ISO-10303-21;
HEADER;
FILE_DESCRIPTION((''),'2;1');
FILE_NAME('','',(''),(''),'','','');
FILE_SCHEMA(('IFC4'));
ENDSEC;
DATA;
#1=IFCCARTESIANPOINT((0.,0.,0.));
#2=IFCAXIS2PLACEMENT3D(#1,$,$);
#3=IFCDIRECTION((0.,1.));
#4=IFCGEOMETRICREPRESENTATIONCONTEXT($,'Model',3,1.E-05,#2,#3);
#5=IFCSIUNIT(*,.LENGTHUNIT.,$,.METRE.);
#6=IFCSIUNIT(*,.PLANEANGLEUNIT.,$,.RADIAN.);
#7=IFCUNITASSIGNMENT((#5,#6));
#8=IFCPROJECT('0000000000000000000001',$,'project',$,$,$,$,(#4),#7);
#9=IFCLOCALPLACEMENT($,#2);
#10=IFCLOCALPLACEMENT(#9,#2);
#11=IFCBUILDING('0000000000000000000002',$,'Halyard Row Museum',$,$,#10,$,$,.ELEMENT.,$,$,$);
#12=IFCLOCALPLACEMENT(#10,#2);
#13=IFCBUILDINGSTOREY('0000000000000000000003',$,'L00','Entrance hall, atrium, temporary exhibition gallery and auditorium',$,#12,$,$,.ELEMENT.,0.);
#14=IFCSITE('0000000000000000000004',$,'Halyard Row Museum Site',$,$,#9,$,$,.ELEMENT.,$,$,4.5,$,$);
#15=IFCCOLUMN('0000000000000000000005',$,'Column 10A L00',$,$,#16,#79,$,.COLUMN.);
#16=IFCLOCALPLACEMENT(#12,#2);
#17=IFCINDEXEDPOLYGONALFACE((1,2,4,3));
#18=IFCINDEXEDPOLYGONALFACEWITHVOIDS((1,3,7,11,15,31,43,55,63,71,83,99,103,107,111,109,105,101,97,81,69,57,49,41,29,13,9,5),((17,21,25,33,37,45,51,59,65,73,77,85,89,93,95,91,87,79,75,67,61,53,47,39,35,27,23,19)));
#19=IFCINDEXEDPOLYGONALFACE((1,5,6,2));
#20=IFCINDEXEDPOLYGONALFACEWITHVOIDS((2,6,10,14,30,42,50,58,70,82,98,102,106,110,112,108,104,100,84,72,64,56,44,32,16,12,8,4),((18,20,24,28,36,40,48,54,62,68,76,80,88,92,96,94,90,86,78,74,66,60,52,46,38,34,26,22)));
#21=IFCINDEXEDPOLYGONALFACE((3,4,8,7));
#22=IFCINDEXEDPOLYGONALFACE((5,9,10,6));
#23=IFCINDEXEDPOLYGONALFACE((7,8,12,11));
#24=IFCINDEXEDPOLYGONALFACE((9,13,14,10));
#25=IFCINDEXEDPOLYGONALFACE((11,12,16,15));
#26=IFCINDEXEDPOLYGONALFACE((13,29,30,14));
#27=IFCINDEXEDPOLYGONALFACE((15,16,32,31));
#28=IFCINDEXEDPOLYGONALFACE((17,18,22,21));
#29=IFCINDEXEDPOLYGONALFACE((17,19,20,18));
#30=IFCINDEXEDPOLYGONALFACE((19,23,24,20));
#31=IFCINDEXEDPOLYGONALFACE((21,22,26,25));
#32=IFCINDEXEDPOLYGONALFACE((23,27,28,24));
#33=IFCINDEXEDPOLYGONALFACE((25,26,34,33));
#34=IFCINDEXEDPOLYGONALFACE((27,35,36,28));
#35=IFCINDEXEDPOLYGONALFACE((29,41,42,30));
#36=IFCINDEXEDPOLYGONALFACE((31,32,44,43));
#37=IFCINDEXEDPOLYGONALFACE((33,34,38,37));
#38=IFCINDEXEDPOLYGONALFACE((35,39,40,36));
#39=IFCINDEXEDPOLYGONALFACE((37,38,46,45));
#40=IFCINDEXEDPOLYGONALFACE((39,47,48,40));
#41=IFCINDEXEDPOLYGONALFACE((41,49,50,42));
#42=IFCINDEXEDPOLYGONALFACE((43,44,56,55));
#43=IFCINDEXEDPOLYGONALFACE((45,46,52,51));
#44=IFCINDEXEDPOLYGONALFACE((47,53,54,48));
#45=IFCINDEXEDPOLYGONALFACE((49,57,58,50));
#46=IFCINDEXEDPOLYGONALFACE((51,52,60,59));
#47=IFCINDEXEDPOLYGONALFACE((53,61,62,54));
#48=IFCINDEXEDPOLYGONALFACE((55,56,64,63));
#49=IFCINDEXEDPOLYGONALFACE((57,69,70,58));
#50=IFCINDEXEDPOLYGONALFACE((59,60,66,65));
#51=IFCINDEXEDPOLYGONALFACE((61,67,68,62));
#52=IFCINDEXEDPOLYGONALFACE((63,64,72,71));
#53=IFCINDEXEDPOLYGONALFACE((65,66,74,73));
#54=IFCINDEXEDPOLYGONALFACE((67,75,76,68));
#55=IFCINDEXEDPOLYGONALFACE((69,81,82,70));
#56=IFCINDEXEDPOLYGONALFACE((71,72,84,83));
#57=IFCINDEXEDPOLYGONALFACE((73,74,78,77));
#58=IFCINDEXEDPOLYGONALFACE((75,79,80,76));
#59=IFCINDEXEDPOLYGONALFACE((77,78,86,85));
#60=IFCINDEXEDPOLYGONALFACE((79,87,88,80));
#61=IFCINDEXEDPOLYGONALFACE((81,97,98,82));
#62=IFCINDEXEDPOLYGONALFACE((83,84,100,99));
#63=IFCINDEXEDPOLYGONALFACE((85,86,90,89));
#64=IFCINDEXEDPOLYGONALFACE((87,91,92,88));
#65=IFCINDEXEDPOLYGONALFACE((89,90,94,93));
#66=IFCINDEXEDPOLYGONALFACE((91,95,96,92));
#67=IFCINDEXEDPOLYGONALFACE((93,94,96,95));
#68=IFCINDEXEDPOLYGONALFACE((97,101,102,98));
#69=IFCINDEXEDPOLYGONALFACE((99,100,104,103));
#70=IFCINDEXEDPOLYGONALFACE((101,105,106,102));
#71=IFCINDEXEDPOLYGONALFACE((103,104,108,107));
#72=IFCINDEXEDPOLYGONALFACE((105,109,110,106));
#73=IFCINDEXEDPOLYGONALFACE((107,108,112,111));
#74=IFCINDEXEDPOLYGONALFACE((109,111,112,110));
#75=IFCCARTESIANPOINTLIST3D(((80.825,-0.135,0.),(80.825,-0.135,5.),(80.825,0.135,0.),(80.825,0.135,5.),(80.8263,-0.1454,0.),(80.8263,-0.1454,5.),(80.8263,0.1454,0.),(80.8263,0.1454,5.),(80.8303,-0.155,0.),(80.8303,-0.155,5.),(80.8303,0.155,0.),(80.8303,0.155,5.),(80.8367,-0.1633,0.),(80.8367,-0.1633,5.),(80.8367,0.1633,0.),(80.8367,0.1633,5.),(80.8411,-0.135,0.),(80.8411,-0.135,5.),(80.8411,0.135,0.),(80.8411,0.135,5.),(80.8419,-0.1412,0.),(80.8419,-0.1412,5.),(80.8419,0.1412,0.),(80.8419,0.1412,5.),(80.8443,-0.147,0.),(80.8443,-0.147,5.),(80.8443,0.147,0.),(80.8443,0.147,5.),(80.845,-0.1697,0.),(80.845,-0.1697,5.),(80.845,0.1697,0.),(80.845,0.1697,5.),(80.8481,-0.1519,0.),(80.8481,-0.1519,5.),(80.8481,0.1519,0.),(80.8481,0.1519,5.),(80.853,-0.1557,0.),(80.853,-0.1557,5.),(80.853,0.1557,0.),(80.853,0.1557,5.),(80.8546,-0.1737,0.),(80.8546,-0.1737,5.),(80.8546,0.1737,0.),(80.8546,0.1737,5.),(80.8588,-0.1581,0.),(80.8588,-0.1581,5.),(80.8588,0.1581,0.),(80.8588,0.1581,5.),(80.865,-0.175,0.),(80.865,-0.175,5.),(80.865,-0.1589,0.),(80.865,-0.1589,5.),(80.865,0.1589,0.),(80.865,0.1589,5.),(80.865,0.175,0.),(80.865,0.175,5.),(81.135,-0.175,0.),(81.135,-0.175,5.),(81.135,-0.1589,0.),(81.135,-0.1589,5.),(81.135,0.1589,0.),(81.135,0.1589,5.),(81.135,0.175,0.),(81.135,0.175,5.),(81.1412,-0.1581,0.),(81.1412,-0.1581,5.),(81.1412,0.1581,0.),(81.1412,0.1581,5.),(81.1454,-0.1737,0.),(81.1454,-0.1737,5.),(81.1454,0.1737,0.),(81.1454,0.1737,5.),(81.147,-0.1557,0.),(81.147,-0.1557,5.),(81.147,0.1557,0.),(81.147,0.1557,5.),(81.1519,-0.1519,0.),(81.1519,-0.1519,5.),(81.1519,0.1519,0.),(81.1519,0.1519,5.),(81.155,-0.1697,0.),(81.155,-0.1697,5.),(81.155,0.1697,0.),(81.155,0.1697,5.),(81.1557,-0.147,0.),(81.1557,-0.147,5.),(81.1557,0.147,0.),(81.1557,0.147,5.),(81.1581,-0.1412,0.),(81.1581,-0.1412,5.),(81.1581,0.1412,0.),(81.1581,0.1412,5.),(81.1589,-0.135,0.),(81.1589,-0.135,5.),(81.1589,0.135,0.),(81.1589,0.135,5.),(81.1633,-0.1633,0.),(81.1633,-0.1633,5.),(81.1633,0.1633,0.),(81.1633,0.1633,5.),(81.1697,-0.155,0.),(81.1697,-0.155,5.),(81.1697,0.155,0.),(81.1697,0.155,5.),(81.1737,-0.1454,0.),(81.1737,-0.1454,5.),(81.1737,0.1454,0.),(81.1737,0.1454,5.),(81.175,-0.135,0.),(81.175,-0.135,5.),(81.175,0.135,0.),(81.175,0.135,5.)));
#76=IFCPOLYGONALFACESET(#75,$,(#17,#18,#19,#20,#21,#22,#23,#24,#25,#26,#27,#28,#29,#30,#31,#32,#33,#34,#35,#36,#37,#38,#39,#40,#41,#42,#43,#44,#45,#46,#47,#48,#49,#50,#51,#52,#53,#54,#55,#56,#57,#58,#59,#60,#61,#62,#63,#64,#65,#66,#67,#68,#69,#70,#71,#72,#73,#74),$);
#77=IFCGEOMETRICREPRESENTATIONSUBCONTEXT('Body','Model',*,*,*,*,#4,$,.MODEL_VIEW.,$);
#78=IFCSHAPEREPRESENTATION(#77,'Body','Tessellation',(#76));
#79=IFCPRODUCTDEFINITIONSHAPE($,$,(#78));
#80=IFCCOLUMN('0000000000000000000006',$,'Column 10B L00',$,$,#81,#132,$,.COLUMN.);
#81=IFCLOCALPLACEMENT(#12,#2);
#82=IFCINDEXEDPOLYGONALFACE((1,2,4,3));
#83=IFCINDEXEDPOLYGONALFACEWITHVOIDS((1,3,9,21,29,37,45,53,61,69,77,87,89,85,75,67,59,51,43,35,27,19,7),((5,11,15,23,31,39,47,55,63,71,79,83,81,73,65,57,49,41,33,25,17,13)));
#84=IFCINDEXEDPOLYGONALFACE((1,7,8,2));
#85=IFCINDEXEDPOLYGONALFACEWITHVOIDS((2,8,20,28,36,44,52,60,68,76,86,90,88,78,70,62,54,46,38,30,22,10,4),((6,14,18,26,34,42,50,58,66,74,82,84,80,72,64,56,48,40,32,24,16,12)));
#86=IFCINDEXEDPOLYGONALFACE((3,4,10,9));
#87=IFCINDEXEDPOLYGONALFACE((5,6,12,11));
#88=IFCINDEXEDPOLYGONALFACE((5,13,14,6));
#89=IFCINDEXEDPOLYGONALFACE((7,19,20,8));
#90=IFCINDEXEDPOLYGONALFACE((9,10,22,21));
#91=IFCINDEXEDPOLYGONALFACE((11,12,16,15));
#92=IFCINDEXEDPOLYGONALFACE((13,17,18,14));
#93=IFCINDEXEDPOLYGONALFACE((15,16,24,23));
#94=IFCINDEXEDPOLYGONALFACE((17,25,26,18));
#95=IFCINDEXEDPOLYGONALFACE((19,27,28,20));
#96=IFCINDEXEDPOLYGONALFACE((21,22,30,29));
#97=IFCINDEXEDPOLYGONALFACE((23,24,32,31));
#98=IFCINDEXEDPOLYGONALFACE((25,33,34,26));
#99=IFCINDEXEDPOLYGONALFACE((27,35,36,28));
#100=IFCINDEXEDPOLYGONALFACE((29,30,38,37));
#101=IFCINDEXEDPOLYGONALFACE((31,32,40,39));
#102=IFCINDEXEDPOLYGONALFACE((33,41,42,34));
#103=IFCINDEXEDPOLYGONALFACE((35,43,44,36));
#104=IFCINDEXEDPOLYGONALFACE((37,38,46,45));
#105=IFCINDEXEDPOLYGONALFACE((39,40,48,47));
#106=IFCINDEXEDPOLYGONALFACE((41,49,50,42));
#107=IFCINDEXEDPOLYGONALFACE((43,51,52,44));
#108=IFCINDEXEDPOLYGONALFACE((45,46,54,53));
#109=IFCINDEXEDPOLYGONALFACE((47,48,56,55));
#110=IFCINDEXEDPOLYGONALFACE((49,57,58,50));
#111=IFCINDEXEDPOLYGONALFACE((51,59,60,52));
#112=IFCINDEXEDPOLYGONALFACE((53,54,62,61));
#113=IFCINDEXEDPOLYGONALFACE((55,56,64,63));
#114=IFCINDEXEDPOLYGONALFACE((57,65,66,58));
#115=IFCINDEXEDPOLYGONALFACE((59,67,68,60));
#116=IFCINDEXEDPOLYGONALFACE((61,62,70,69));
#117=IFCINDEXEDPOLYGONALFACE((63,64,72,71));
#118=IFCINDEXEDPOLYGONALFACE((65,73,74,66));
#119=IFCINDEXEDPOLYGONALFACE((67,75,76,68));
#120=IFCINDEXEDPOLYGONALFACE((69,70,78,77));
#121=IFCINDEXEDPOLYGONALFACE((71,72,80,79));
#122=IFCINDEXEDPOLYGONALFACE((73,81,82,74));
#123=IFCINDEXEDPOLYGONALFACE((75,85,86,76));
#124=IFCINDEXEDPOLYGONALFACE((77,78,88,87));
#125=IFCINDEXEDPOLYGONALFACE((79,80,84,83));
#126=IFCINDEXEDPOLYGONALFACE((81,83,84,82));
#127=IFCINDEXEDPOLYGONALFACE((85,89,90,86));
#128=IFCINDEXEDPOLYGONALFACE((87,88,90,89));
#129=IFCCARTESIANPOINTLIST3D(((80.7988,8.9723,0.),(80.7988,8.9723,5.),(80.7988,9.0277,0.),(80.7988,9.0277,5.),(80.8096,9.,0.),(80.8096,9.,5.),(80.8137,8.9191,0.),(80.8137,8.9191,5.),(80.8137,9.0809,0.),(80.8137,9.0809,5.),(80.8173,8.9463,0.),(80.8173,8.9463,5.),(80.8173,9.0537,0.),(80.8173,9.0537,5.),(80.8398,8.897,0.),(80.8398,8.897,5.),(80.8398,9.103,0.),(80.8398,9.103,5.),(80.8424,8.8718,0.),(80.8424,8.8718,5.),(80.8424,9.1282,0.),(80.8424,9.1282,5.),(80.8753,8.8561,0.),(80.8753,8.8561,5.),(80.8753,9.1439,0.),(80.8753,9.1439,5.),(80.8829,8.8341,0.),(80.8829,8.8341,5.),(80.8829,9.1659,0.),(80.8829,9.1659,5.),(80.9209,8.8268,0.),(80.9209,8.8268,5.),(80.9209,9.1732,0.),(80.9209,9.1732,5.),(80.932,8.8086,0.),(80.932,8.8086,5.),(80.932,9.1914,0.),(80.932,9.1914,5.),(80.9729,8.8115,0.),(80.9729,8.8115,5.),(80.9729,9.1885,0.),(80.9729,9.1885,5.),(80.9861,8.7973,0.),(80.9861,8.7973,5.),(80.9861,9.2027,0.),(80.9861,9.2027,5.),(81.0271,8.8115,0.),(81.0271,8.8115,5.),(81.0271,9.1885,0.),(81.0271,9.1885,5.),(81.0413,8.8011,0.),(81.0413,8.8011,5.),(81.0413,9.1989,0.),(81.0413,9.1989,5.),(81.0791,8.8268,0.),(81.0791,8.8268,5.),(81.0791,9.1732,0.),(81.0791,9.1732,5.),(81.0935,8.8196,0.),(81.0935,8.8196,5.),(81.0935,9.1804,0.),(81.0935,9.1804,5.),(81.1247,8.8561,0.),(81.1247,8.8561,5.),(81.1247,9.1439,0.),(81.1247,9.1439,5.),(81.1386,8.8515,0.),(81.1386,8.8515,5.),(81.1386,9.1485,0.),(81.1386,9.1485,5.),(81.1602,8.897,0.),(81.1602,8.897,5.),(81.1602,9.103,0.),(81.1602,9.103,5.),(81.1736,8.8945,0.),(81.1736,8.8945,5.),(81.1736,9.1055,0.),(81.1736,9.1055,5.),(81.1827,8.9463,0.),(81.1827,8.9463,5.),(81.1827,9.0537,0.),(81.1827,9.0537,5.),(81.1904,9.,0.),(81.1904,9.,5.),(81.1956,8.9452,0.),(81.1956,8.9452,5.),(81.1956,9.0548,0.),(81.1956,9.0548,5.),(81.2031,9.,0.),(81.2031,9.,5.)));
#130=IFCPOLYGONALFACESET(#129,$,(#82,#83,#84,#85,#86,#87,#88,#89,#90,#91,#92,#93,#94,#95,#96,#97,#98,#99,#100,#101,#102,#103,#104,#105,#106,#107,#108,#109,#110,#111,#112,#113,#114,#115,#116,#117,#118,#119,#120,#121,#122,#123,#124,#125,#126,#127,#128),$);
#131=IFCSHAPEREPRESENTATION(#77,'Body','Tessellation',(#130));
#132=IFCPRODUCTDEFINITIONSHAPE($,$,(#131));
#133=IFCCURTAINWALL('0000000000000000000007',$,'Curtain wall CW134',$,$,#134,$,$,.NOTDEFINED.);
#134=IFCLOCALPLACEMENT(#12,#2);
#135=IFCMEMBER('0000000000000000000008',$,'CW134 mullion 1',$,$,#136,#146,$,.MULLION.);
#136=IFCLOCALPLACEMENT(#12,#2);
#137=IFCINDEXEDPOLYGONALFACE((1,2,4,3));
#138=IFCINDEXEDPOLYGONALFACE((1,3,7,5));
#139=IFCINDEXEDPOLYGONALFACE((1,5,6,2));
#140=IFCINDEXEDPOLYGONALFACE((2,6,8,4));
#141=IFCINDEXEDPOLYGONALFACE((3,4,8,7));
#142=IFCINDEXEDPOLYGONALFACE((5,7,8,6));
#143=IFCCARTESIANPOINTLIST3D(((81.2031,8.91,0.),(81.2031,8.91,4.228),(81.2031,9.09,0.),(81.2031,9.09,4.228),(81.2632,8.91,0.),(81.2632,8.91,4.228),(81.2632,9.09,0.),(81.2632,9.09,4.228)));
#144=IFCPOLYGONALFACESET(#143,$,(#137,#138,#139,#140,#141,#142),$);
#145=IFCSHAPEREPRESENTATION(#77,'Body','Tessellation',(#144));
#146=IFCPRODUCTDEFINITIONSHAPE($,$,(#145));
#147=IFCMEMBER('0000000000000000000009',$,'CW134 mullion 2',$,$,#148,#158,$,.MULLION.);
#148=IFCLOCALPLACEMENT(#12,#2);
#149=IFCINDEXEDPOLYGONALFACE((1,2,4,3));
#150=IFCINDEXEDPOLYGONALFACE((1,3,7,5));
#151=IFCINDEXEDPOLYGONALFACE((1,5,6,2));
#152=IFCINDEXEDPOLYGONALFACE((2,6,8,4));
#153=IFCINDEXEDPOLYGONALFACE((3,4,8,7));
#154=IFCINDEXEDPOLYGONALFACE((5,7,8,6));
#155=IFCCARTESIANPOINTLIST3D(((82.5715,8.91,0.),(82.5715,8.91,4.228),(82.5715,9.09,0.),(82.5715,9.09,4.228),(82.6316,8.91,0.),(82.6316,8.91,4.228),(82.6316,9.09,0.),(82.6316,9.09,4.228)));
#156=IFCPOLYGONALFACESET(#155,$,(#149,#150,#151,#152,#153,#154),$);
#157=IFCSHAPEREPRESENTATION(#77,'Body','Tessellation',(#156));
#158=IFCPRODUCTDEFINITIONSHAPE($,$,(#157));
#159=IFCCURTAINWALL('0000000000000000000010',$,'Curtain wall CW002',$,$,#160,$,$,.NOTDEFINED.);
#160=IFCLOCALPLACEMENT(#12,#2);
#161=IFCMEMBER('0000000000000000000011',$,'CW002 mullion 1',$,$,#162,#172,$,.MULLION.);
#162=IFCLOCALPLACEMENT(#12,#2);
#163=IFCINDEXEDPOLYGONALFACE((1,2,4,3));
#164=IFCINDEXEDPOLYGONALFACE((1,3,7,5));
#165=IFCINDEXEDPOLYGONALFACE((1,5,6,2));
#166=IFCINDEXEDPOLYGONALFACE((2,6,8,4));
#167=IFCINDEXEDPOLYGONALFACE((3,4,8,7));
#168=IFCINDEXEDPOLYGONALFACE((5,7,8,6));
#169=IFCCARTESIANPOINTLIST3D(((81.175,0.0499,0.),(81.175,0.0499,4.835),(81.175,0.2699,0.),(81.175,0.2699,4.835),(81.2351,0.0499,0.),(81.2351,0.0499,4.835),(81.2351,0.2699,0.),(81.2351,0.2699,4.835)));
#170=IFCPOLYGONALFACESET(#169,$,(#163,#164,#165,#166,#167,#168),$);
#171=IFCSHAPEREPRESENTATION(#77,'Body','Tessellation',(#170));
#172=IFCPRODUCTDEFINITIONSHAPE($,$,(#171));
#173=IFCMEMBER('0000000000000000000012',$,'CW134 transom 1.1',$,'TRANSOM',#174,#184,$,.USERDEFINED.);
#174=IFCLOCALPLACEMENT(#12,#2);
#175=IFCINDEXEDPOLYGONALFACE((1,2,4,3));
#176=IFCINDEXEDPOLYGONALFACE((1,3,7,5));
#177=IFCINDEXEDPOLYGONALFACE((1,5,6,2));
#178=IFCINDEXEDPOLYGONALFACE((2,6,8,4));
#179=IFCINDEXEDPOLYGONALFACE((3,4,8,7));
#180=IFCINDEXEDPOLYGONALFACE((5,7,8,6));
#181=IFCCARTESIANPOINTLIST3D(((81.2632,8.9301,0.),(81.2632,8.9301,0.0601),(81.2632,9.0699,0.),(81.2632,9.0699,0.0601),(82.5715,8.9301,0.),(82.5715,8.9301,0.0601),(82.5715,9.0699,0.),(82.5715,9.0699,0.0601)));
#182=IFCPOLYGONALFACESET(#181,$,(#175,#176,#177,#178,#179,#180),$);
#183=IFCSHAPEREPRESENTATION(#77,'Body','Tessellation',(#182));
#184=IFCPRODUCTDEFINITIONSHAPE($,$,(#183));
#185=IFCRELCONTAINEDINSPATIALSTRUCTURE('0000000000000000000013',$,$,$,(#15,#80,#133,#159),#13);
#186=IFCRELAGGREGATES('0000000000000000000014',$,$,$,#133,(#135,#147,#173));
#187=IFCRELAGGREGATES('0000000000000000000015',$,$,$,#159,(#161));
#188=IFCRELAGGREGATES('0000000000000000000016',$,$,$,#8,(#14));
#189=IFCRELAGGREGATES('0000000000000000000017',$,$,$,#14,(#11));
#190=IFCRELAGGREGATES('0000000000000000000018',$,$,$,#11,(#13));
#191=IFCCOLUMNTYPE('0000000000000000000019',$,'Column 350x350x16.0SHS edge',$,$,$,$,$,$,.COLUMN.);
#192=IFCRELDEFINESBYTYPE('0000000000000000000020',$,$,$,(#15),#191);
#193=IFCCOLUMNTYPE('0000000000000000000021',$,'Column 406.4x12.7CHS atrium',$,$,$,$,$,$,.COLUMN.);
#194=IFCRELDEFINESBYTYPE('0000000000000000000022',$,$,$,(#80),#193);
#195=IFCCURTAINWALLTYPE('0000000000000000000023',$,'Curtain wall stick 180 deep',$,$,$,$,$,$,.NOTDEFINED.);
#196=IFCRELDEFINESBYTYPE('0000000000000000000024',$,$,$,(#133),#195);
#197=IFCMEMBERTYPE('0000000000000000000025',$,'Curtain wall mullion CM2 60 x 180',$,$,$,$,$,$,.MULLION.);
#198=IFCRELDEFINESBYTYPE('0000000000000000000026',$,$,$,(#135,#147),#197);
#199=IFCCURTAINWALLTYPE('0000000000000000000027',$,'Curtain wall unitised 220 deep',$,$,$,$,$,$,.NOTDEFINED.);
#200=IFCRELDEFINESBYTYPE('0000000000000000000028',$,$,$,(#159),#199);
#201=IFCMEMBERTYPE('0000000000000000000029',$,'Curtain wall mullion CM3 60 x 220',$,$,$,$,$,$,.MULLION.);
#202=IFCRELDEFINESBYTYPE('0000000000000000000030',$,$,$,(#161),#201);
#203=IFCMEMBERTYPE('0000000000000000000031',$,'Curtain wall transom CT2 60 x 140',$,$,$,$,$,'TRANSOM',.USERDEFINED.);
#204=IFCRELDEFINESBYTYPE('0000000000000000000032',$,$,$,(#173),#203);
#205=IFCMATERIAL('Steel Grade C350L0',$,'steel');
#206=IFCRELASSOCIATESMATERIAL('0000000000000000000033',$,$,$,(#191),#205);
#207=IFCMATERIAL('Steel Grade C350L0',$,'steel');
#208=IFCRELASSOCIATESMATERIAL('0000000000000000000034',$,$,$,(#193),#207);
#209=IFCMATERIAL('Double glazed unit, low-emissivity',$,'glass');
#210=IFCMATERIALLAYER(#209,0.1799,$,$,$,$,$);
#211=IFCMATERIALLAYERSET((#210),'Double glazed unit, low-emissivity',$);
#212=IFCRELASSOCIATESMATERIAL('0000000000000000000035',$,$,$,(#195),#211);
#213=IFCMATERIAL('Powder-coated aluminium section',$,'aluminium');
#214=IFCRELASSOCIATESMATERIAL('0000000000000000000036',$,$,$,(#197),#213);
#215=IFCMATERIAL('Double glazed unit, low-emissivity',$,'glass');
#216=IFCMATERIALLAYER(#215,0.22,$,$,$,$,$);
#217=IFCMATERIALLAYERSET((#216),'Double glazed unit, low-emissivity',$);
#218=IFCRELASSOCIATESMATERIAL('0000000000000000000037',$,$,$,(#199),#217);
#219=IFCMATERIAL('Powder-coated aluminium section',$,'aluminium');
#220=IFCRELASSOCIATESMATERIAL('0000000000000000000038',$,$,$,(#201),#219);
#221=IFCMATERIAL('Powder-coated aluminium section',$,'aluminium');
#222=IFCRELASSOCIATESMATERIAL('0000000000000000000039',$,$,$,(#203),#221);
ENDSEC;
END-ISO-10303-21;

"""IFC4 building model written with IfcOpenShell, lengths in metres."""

from ifc_helpers import new_model, si_unit, direction, frame, origin, origin_2d, place, context, subcontext, project, spatial, rectangle, hollow_rectangle, hollow_circle, extrude, material, layer, layer_set, material_profile, profile_set, type_object, element, aggregate, save


model = new_model("IFC4")

# Units and contexts
model_context = context("Model", 3, precision=1e-05, world=origin(), true_north=direction((0.0, 1.0)))
body_context = subcontext(model_context, "Body", "Model", "MODEL_VIEW")
ifc_project = project(units=[si_unit("LENGTHUNIT", "METRE"), si_unit("PLANEANGLEUNIT", "RADIAN")], contexts=[model_context])

# Site, building, storey
site_placement = place(None, origin())
site = spatial("IfcSite", under=ifc_project, at=site_placement, Name="Halyard Row Museum Site", CompositionType="ELEMENT", RefElevation=4.5)
building_placement = place(site_placement, origin())
building = spatial("IfcBuilding", under=site, at=building_placement, Name="Halyard Row Museum", CompositionType="ELEMENT")
storey_placement = place(building_placement, origin())
storey = spatial("IfcBuildingStorey", under=building, at=storey_placement, Name="L00", Description="Entrance hall, atrium, temporary exhibition gallery and auditorium", CompositionType="ELEMENT", Elevation=0.0)

# Columns
ifc_material_1 = material(Name="Steel Grade C350L0", Category="steel")
ifc_material_profile_1 = material_profile(ifc_material_1, hollow_rectangle(XDim=0.3501, YDim=0.3501, WallThickness=0.0161, InnerFilletRadius=0.0239, OuterFilletRadius=0.04, at=origin_2d()), Name="350x350x16.0SHS")
ifc_profile_set_1 = profile_set([ifc_material_profile_1], Name="Steel Grade C350L0")
column_type_1 = type_object("IfcColumnType", Name="Column 350x350x16.0SHS edge", PredefinedType="COLUMN", material=ifc_profile_set_1)
column_1_placement = place(storey_placement, frame((81.0, 0.0, 0.0), z_axis=(0.0, 0.0, 1.0), x_axis=(1.0, 0.0, 0.0)))
element("IfcColumn", 1, at=column_1_placement, inside=storey, type_object=column_type_1, Name="Column 10A L00", PredefinedType="COLUMN", context=body_context, shape_type="SweptSolid", body=[
    extrude(hollow_rectangle(XDim=0.3501, YDim=0.3501, WallThickness=0.0161, InnerFilletRadius=0.0239, OuterFilletRadius=0.04, at=origin_2d()), origin(), (0.0, 0.0, 1.0), 5.0),
])
ifc_material_2 = material(Name="Steel Grade C350L0", Category="steel")
ifc_material_profile_2 = material_profile(ifc_material_2, hollow_circle(Radius=0.2031, WallThickness=0.0127, at=origin_2d()), Name="406.4x12.7CHS")
ifc_profile_set_2 = profile_set([ifc_material_profile_2], Name="Steel Grade C350L0")
column_type_2 = type_object("IfcColumnType", Name="Column 406.4x12.7CHS atrium", PredefinedType="COLUMN", material=ifc_profile_set_2)
column_2_placement = place(storey_placement, frame((81.0, 9.0, 0.0), z_axis=(0.0, 0.0, 1.0), x_axis=(1.0, 0.0, 0.0)))
element("IfcColumn", 2, at=column_2_placement, inside=storey, type_object=column_type_2, Name="Column 10B L00", PredefinedType="COLUMN", context=body_context, shape_type="SweptSolid", body=[
    extrude(hollow_circle(Radius=0.2031, WallThickness=0.0127, at=origin_2d()), origin(), (0.0, 0.0, 1.0), 5.0),
])

# Curtain wall, members
ifc_material_3 = material(Name="Double glazed unit, low-emissivity", Category="glass")
ifc_layer_1 = layer(ifc_material_3, 0.1799)
ifc_layer_set_1 = layer_set([ifc_layer_1], Name="Double glazed unit, low-emissivity")
curtain_wall_type_1 = type_object("IfcCurtainWallType", Name="Curtain wall stick 180 deep", PredefinedType="NOTDEFINED", material=ifc_layer_set_1)
curtain_wall_1_placement = place(storey_placement, origin())
curtain_wall_1 = element("IfcCurtainWall", 3, at=curtain_wall_1_placement, inside=storey, type_object=curtain_wall_type_1, Name="Curtain wall CW134", PredefinedType="NOTDEFINED")
ifc_material_4 = material(Name="Powder-coated aluminium section", Category="aluminium")
ifc_material_profile_3 = material_profile(ifc_material_4, rectangle(XDim=0.1799, YDim=0.0601, at=origin_2d()), Name="180x60 mullion")
ifc_profile_set_3 = profile_set([ifc_material_profile_3], Name="Powder-coated aluminium section")
member_type_1 = type_object("IfcMemberType", Name="Curtain wall mullion CM2 60 x 180", PredefinedType="MULLION", material=ifc_profile_set_3)
member_1_placement = place(storey_placement, frame((81.2332, 9.0, 0.0), z_axis=(0.0, 0.0, 1.0), x_axis=(0.0, 1.0, 0.0)))
member_1 = element("IfcMember", 4, at=member_1_placement, type_object=member_type_1, Name="CW134 mullion 1", PredefinedType="MULLION", context=body_context, shape_type="SweptSolid", body=[
    extrude(rectangle(XDim=0.1799, YDim=0.0601, at=origin_2d()), origin(), (0.0, 0.0, 1.0), 4.228),
])
member_2_placement = place(storey_placement, frame((82.6016, 9.0, 0.0), z_axis=(0.0, 0.0, 1.0), x_axis=(0.0, 1.0, 0.0)))
member_2 = element("IfcMember", 5, at=member_2_placement, type_object=member_type_1, Name="CW134 mullion 2", PredefinedType="MULLION", context=body_context, shape_type="SweptSolid", body=[
    extrude(rectangle(XDim=0.1799, YDim=0.0601, at=origin_2d()), origin(), (0.0, 0.0, 1.0), 4.228),
])

# Curtain wall, member
ifc_material_5 = material(Name="Double glazed unit, low-emissivity", Category="glass")
ifc_layer_2 = layer(ifc_material_5, 0.22)
ifc_layer_set_2 = layer_set([ifc_layer_2], Name="Double glazed unit, low-emissivity")
curtain_wall_type_2 = type_object("IfcCurtainWallType", Name="Curtain wall unitised 220 deep", PredefinedType="NOTDEFINED", material=ifc_layer_set_2)
curtain_wall_2_placement = place(storey_placement, origin())
curtain_wall_2 = element("IfcCurtainWall", 6, at=curtain_wall_2_placement, inside=storey, type_object=curtain_wall_type_2, Name="Curtain wall CW002", PredefinedType="NOTDEFINED")
ifc_material_6 = material(Name="Powder-coated aluminium section", Category="aluminium")
ifc_material_profile_4 = material_profile(ifc_material_6, rectangle(XDim=0.22, YDim=0.0601, at=origin_2d()), Name="220x60 mullion")
ifc_profile_set_4 = profile_set([ifc_material_profile_4], Name="Powder-coated aluminium section")
member_type_2 = type_object("IfcMemberType", Name="Curtain wall mullion CM3 60 x 220", PredefinedType="MULLION", material=ifc_profile_set_4)
member_3_placement = place(storey_placement, frame((81.2051, 0.1599, 0.0), z_axis=(0.0, 0.0, 1.0), x_axis=(0.0, 1.0, 0.0)))
member_3 = element("IfcMember", 7, at=member_3_placement, type_object=member_type_2, Name="CW002 mullion 1", PredefinedType="MULLION", context=body_context, shape_type="SweptSolid", body=[
    extrude(rectangle(XDim=0.22, YDim=0.0601, at=origin_2d()), origin(), (0.0, 0.0, 1.0), 4.835),
])

# Member
ifc_material_7 = material(Name="Powder-coated aluminium section", Category="aluminium")
ifc_material_profile_5 = material_profile(ifc_material_7, rectangle(XDim=0.1399, YDim=0.0601, at=origin_2d()), Name="140x60 transom")
ifc_profile_set_5 = profile_set([ifc_material_profile_5], Name="Powder-coated aluminium section")
member_type_3 = type_object("IfcMemberType", Name="Curtain wall transom CT2 60 x 140", ElementType="TRANSOM", PredefinedType="USERDEFINED", material=ifc_profile_set_5)
member_4_placement = place(storey_placement, frame((81.2632, 9.0, 0.03), z_axis=(1.0, 0.0, 0.0), x_axis=(0.0, 1.0, 0.0)))
member_4 = element("IfcMember", 8, at=member_4_placement, type_object=member_type_3, Name="CW134 transom 1.1", ObjectType="TRANSOM", PredefinedType="USERDEFINED", context=body_context, shape_type="SweptSolid", body=[
    extrude(rectangle(XDim=0.1399, YDim=0.0601, at=origin_2d()), origin(), (0.0, 0.0, 1.0), 1.3083),
])

aggregate(curtain_wall_1, [member_1, member_2, member_4])
aggregate(curtain_wall_2, [member_3])

save(model, "model.ifc")
